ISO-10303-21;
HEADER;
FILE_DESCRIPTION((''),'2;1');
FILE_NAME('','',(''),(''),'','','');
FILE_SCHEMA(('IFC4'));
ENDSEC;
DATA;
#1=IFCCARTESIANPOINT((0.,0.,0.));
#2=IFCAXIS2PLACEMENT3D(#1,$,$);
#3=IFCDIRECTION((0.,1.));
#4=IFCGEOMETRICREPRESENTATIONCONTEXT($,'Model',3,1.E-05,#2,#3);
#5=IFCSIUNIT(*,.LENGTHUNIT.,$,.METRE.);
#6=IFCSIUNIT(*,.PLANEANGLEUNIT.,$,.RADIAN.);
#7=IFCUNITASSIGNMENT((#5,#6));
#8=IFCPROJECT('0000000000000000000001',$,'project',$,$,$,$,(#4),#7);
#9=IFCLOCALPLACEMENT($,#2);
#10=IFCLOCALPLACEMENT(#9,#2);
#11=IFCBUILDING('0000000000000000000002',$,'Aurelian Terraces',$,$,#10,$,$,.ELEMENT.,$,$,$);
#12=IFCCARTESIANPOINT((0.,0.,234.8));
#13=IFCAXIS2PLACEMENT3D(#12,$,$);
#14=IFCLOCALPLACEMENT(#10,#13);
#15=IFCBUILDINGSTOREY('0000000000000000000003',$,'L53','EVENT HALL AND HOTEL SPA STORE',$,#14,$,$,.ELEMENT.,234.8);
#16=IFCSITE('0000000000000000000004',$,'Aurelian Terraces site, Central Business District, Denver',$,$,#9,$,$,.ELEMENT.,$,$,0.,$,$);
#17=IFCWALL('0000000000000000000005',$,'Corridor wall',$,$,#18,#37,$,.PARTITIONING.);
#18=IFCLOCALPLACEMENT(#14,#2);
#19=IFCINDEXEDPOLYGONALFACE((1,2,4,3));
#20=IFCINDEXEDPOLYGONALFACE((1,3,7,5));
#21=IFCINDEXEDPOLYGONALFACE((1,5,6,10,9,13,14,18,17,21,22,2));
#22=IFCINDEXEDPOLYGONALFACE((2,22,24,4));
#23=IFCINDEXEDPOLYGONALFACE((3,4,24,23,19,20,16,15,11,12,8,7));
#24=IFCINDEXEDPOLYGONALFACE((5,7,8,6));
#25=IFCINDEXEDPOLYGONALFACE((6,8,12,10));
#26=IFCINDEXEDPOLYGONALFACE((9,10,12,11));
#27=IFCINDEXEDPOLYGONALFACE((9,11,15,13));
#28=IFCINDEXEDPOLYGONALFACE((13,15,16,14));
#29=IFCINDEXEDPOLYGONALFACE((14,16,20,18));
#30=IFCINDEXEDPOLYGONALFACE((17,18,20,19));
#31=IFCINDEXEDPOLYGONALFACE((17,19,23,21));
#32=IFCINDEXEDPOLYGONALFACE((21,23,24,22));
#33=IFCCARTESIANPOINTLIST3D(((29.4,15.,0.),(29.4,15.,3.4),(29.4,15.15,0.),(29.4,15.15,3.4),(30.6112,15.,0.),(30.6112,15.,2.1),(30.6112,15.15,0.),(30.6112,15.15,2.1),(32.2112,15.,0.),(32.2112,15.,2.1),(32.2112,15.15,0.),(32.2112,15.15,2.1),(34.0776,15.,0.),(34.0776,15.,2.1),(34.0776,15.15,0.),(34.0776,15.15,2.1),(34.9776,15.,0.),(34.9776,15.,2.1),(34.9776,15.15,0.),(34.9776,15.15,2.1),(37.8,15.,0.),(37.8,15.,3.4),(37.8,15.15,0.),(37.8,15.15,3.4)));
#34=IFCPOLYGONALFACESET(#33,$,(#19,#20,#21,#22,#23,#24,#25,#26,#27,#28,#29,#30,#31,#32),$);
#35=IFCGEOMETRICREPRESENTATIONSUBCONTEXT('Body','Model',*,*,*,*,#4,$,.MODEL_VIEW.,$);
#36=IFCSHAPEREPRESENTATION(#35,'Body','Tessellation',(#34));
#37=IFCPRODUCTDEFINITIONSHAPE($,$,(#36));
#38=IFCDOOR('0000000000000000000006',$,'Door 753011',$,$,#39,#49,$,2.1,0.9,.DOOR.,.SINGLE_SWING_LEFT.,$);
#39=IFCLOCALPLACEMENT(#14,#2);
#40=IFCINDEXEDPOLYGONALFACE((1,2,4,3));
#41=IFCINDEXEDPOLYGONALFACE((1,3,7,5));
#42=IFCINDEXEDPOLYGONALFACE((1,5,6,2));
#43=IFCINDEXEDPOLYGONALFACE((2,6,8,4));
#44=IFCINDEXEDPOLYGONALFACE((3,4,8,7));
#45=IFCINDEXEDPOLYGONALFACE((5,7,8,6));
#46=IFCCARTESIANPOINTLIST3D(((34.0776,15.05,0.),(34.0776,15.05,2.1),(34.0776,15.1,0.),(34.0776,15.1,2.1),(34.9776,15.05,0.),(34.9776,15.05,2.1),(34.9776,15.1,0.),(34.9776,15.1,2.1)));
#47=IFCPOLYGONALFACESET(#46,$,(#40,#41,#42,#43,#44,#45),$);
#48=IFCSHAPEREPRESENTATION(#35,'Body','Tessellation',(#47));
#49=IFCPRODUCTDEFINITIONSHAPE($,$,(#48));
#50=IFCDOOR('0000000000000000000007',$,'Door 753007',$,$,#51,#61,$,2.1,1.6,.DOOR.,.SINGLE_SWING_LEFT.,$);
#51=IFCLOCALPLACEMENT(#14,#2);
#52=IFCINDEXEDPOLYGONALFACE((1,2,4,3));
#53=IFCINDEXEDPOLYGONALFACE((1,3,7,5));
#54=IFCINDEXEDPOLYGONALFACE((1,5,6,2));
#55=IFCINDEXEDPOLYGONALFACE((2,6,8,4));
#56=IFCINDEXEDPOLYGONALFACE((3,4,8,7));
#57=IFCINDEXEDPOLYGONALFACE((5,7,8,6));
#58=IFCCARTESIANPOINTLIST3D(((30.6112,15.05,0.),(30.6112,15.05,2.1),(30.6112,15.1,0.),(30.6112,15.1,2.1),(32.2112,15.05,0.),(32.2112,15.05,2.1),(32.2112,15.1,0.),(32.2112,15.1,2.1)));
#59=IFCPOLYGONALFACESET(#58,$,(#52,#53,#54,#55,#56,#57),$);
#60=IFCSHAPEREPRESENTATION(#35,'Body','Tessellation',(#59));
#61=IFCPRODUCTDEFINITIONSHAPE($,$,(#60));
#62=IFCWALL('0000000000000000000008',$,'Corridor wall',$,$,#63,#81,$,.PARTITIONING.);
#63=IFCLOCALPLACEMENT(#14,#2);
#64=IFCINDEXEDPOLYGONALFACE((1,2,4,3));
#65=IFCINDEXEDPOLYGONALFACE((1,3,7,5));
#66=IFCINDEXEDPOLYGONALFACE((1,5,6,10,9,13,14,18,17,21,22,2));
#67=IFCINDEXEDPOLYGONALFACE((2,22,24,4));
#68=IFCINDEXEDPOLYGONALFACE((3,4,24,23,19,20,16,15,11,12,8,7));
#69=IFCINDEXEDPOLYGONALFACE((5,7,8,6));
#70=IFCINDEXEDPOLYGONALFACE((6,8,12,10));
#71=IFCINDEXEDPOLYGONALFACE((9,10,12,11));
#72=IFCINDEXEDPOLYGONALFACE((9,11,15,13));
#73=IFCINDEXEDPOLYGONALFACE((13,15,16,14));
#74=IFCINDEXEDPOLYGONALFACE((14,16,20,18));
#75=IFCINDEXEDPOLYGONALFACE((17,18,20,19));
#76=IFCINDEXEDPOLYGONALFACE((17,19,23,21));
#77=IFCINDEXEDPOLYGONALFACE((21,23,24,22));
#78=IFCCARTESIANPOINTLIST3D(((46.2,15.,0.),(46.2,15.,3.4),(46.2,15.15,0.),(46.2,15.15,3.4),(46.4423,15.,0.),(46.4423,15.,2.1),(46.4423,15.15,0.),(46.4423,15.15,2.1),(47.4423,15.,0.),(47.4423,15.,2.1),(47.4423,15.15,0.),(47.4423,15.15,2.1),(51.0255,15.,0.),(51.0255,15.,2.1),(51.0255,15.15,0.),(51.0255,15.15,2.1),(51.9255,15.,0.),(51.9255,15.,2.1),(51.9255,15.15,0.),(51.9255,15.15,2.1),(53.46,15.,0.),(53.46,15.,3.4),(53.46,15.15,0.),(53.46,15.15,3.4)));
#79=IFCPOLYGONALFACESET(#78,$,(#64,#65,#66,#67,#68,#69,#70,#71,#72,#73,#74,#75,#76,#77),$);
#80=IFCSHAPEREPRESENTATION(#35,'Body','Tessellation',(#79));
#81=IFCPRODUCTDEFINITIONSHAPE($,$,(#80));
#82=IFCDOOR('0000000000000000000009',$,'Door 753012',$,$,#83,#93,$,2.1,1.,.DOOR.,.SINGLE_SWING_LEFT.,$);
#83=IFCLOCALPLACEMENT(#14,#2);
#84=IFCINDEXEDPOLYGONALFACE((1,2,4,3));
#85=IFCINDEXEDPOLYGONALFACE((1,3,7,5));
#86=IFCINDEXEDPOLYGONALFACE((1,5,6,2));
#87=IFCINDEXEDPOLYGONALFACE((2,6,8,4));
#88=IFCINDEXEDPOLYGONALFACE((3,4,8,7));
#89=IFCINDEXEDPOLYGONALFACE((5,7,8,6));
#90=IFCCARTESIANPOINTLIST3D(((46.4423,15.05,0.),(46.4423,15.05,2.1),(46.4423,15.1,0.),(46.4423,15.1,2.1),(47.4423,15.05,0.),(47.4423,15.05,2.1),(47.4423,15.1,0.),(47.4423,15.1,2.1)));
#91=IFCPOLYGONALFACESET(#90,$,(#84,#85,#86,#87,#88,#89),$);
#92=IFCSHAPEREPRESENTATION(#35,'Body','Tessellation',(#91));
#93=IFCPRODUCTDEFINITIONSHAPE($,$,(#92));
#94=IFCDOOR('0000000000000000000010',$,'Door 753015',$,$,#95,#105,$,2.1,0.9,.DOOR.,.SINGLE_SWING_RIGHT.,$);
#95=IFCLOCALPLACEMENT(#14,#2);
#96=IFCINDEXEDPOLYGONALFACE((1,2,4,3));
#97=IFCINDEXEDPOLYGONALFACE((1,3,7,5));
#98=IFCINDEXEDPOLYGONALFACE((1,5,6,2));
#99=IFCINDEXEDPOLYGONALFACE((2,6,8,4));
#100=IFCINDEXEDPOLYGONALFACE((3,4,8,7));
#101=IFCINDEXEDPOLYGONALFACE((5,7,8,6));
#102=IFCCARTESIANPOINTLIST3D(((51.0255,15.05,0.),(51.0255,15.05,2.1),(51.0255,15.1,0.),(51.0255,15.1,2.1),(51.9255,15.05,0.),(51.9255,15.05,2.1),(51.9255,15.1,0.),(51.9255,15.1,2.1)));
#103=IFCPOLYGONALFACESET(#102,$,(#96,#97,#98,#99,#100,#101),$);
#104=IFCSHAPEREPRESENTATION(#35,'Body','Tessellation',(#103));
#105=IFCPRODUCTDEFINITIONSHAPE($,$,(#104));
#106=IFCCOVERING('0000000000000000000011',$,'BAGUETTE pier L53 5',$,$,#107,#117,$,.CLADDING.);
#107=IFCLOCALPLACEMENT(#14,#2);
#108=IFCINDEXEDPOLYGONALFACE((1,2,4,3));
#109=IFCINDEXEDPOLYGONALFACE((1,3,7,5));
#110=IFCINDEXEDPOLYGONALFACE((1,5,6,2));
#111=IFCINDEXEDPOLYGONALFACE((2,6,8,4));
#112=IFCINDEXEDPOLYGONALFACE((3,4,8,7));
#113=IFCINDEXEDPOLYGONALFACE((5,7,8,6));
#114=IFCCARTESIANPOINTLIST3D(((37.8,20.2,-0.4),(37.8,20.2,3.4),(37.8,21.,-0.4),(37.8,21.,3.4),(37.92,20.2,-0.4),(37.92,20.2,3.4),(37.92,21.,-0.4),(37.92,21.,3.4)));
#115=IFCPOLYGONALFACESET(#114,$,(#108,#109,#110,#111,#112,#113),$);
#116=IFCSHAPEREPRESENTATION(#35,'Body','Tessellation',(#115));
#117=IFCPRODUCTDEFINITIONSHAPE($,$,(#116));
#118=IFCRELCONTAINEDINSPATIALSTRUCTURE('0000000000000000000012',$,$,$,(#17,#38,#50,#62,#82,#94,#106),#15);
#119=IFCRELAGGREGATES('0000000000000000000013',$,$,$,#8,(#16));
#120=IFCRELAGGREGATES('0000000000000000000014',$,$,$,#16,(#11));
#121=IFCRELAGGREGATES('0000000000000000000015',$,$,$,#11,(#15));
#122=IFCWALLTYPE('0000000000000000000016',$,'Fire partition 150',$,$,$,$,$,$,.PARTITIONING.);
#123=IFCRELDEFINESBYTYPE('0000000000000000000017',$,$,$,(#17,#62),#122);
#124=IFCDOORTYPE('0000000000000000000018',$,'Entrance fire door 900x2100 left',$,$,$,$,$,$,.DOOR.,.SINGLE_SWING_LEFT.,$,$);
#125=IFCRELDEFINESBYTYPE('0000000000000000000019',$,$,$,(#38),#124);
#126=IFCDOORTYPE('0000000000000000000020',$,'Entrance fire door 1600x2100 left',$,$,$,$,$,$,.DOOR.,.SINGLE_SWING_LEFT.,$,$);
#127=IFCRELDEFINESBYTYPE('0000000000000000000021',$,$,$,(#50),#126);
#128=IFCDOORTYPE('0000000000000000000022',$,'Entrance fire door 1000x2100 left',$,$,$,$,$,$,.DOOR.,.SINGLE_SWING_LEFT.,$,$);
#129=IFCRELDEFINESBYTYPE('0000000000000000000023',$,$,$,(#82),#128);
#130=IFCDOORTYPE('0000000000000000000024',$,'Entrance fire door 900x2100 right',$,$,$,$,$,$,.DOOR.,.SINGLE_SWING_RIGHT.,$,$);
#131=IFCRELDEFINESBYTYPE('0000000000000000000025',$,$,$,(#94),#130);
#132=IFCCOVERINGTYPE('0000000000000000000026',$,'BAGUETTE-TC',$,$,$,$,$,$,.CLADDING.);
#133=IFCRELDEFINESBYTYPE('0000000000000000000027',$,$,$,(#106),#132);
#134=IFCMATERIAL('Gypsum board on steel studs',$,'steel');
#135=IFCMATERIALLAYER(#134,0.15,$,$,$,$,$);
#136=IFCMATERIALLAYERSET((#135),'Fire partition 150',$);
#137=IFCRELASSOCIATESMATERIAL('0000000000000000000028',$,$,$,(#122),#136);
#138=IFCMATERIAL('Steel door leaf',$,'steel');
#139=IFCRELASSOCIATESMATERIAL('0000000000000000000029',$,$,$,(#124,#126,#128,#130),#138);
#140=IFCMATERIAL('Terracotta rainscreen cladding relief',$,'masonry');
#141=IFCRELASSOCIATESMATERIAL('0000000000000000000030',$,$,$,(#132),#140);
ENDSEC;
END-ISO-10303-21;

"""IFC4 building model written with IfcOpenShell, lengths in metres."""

from ifc_helpers import new_model, si_unit, direction, frame, frame_2d, origin, origin_2d, place, context, subcontext, project, spatial, rectangle, extrude, source, transform, mapped, material, layer, layer_set, type_object, element, fill, save


model = new_model("IFC4")

# Units and contexts
model_context = context("Model", 3, precision=1e-05, world=origin(), true_north=direction((0.0, 1.0)))
body_context = subcontext(model_context, "Body", "Model", "MODEL_VIEW")
ifc_project = project(units=[si_unit("LENGTHUNIT", "METRE"), si_unit("PLANEANGLEUNIT", "RADIAN")], contexts=[model_context])

# Site, building, storey
site_placement = place(None, origin())
site = spatial("IfcSite", under=ifc_project, at=site_placement, Name="Aurelian Terraces site, Central Business District, Denver", CompositionType="ELEMENT", RefElevation=0.0)
building_placement = place(site_placement, origin())
building = spatial("IfcBuilding", under=site, at=building_placement, Name="Aurelian Terraces", CompositionType="ELEMENT")
storey_placement = place(building_placement, frame((0.0, 0.0, 234.8)))
storey = spatial("IfcBuildingStorey", under=building, at=storey_placement, Name="L53", Description="EVENT HALL AND HOTEL SPA STORE", CompositionType="ELEMENT", Elevation=234.8)

# Shared definitions
ifc_material_1 = material(Name="Gypsum board on steel studs", Category="steel")
ifc_layer_1 = layer(ifc_material_1, 0.15)
ifc_layer_set_1 = layer_set([ifc_layer_1], Name="Fire partition 150")
wall_type_1 = type_object("IfcWallType", Name="Fire partition 150", PredefinedType="PARTITIONING", material=ifc_layer_set_1)
shared_shape_1 = source(origin(), body_context, "Body", "SweptSolid", [
    extrude(rectangle(XDim=0.9, YDim=2.1, at=frame_2d((0.45, 1.05))), frame((0.0, 0.085, 0.0), z_axis=(0.0, -1.0, 0.0), x_axis=(1.0, 0.0, 0.0)), (0.0, 0.0, 1.0), 0.17),
])
shared_shape_2 = source(origin(), body_context, "Body", "SweptSolid", [
    extrude(rectangle(XDim=0.9, YDim=2.1, at=frame_2d((0.45, 1.05))), frame((0.0, 0.025, 0.0), z_axis=(0.0, -1.0, 0.0), x_axis=(1.0, 0.0, 0.0)), (0.0, 0.0, 1.0), 0.05),
])

# Walls, openings, doors
shared_shape_3 = source(origin(), body_context, "Body", "SweptSolid", [
    extrude(rectangle(XDim=8.4, YDim=0.15, at=frame_2d((4.2, 0.0))), origin(), (0.0, 0.0, 1.0), 3.4),
])
wall_1_placement = place(storey_placement, frame((37.8, 15.075, 0.0), z_axis=(0.0, 0.0, 1.0), x_axis=(-1.0, 0.0, 0.0)))
wall_1 = element("IfcWall", 1, at=wall_1_placement, inside=storey, type_object=wall_type_1, Name="Corridor wall", PredefinedType="PARTITIONING", context=body_context, shape_type="MappedRepresentation", body=[
    mapped(shared_shape_3, transform((0.0, 0.0, 0.0), scale=1.0)),
])
shared_shape_4 = source(origin(), body_context, "Body", "SweptSolid", [
    extrude(rectangle(XDim=1.6, YDim=2.1, at=frame_2d((0.8, 1.05))), frame((0.0, 0.085, 0.0), z_axis=(0.0, -1.0, 0.0), x_axis=(1.0, 0.0, 0.0)), (0.0, 0.0, 1.0), 0.17),
])
opening_1_placement = place(wall_1_placement, frame((5.5888, 0.0, 0.0)))
opening_1 = element("IfcOpeningElement", 2, at=opening_1_placement, cuts=wall_1, PredefinedType="OPENING", context=body_context, shape_type="MappedRepresentation", body=[
    mapped(shared_shape_4, transform((0.0, 0.0, 0.0), scale=1.0)),
])
opening_2_placement = place(wall_1_placement, frame((2.8224, 0.0, 0.0)))
opening_2 = element("IfcOpeningElement", 3, at=opening_2_placement, cuts=wall_1, PredefinedType="OPENING", context=body_context, shape_type="MappedRepresentation", body=[
    mapped(shared_shape_1, transform((0.0, 0.0, 0.0), scale=1.0)),
])
ifc_material_2 = material(Name="Steel door leaf", Category="steel")
door_type_1 = type_object("IfcDoorType", Name="Entrance fire door 900x2100 left", OperationType="SINGLE_SWING_LEFT", PredefinedType="DOOR", material=ifc_material_2)
door_1_placement = place(opening_2_placement, origin())
door_1 = element("IfcDoor", 4, at=door_1_placement, inside=storey, type_object=door_type_1, Name="Door 753011", OperationType="SINGLE_SWING_LEFT", OverallHeight=2.1, OverallWidth=0.9, PredefinedType="DOOR", context=body_context, shape_type="MappedRepresentation", body=[
    mapped(shared_shape_2, transform((0.0, 0.0, 0.0), scale=1.0)),
])
fill(opening_2, door_1)
door_type_2 = type_object("IfcDoorType", Name="Entrance fire door 1600x2100 left", OperationType="SINGLE_SWING_LEFT", PredefinedType="DOOR", material=ifc_material_2)
shared_shape_5 = source(origin(), body_context, "Body", "SweptSolid", [
    extrude(rectangle(XDim=1.6, YDim=2.1, at=frame_2d((0.8, 1.05))), frame((0.0, 0.025, 0.0), z_axis=(0.0, -1.0, 0.0), x_axis=(1.0, 0.0, 0.0)), (0.0, 0.0, 1.0), 0.05),
])
door_2_placement = place(opening_1_placement, origin())
door_2 = element("IfcDoor", 5, at=door_2_placement, inside=storey, type_object=door_type_2, Name="Door 753007", OperationType="SINGLE_SWING_LEFT", OverallHeight=2.1, OverallWidth=1.6, PredefinedType="DOOR", context=body_context, shape_type="MappedRepresentation", body=[
    mapped(shared_shape_5, transform((0.0, 0.0, 0.0), scale=1.0)),
])
fill(opening_1, door_2)
shared_shape_6 = source(origin(), body_context, "Body", "SweptSolid", [
    extrude(rectangle(XDim=7.26, YDim=0.15, at=frame_2d((3.63, 0.0))), origin(), (0.0, 0.0, 1.0), 3.4),
])
wall_2_placement = place(storey_placement, frame((53.46, 15.075, 0.0), z_axis=(0.0, 0.0, 1.0), x_axis=(-1.0, 0.0, 0.0)))
wall_2 = element("IfcWall", 6, at=wall_2_placement, inside=storey, type_object=wall_type_1, Name="Corridor wall", PredefinedType="PARTITIONING", context=body_context, shape_type="MappedRepresentation", body=[
    mapped(shared_shape_6, transform((0.0, 0.0, 0.0), scale=1.0)),
])
shared_shape_7 = source(origin(), body_context, "Body", "SweptSolid", [
    extrude(rectangle(XDim=1.0, YDim=2.1, at=frame_2d((0.5, 1.05))), frame((0.0, 0.085, 0.0), z_axis=(0.0, -1.0, 0.0), x_axis=(1.0, 0.0, 0.0)), (0.0, 0.0, 1.0), 0.17),
])
opening_3_placement = place(wall_2_placement, frame((6.0177, 0.0, 0.0)))
opening_3 = element("IfcOpeningElement", 7, at=opening_3_placement, cuts=wall_2, PredefinedType="OPENING", context=body_context, shape_type="MappedRepresentation", body=[
    mapped(shared_shape_7, transform((0.0, 0.0, 0.0), scale=1.0)),
])
opening_4_placement = place(wall_2_placement, frame((1.5345, 0.0, 0.0)))
opening_4 = element("IfcOpeningElement", 8, at=opening_4_placement, cuts=wall_2, PredefinedType="OPENING", context=body_context, shape_type="MappedRepresentation", body=[
    mapped(shared_shape_1, transform((0.0, 0.0, 0.0), scale=1.0)),
])
door_type_3 = type_object("IfcDoorType", Name="Entrance fire door 1000x2100 left", OperationType="SINGLE_SWING_LEFT", PredefinedType="DOOR", material=ifc_material_2)
shared_shape_8 = source(origin(), body_context, "Body", "SweptSolid", [
    extrude(rectangle(XDim=1.0, YDim=2.1, at=frame_2d((0.5, 1.05))), frame((0.0, 0.025, 0.0), z_axis=(0.0, -1.0, 0.0), x_axis=(1.0, 0.0, 0.0)), (0.0, 0.0, 1.0), 0.05),
])
door_3_placement = place(opening_3_placement, origin())
door_3 = element("IfcDoor", 9, at=door_3_placement, inside=storey, type_object=door_type_3, Name="Door 753012", OperationType="SINGLE_SWING_LEFT", OverallHeight=2.1, OverallWidth=1.0, PredefinedType="DOOR", context=body_context, shape_type="MappedRepresentation", body=[
    mapped(shared_shape_8, transform((0.0, 0.0, 0.0), scale=1.0)),
])
fill(opening_3, door_3)
door_type_4 = type_object("IfcDoorType", Name="Entrance fire door 900x2100 right", OperationType="SINGLE_SWING_RIGHT", PredefinedType="DOOR", material=ifc_material_2)
door_4_placement = place(opening_4_placement, origin())
door_4 = element("IfcDoor", 10, at=door_4_placement, inside=storey, type_object=door_type_4, Name="Door 753015", OperationType="SINGLE_SWING_RIGHT", OverallHeight=2.1, OverallWidth=0.9, PredefinedType="DOOR", context=body_context, shape_type="MappedRepresentation", body=[
    mapped(shared_shape_2, transform((0.0, 0.0, 0.0), scale=1.0)),
])
fill(opening_4, door_4)

# Covering
ifc_material_3 = material(Name="Terracotta rainscreen cladding relief", Category="masonry")
covering_type = type_object("IfcCoveringType", Name="BAGUETTE-TC", PredefinedType="CLADDING", material=ifc_material_3)
shared_shape_9 = source(origin(), body_context, "Body", "SweptSolid", [
    extrude(rectangle(XDim=0.12, YDim=0.8, at=origin_2d()), origin(), (0.0, 0.0, 1.0), 3.8),
])
covering_placement = place(storey_placement, frame((37.86, 20.6, -0.4), z_axis=(0.0, 0.0, 1.0), x_axis=(1.0, 0.0, 0.0)))
element("IfcCovering", 11, at=covering_placement, inside=storey, type_object=covering_type, Name="BAGUETTE pier L53 5", PredefinedType="CLADDING", context=body_context, shape_type="MappedRepresentation", body=[
    mapped(shared_shape_9, transform((0.0, 0.0, 0.0), scale=1.0)),
])

save(model, "model.ifc")
